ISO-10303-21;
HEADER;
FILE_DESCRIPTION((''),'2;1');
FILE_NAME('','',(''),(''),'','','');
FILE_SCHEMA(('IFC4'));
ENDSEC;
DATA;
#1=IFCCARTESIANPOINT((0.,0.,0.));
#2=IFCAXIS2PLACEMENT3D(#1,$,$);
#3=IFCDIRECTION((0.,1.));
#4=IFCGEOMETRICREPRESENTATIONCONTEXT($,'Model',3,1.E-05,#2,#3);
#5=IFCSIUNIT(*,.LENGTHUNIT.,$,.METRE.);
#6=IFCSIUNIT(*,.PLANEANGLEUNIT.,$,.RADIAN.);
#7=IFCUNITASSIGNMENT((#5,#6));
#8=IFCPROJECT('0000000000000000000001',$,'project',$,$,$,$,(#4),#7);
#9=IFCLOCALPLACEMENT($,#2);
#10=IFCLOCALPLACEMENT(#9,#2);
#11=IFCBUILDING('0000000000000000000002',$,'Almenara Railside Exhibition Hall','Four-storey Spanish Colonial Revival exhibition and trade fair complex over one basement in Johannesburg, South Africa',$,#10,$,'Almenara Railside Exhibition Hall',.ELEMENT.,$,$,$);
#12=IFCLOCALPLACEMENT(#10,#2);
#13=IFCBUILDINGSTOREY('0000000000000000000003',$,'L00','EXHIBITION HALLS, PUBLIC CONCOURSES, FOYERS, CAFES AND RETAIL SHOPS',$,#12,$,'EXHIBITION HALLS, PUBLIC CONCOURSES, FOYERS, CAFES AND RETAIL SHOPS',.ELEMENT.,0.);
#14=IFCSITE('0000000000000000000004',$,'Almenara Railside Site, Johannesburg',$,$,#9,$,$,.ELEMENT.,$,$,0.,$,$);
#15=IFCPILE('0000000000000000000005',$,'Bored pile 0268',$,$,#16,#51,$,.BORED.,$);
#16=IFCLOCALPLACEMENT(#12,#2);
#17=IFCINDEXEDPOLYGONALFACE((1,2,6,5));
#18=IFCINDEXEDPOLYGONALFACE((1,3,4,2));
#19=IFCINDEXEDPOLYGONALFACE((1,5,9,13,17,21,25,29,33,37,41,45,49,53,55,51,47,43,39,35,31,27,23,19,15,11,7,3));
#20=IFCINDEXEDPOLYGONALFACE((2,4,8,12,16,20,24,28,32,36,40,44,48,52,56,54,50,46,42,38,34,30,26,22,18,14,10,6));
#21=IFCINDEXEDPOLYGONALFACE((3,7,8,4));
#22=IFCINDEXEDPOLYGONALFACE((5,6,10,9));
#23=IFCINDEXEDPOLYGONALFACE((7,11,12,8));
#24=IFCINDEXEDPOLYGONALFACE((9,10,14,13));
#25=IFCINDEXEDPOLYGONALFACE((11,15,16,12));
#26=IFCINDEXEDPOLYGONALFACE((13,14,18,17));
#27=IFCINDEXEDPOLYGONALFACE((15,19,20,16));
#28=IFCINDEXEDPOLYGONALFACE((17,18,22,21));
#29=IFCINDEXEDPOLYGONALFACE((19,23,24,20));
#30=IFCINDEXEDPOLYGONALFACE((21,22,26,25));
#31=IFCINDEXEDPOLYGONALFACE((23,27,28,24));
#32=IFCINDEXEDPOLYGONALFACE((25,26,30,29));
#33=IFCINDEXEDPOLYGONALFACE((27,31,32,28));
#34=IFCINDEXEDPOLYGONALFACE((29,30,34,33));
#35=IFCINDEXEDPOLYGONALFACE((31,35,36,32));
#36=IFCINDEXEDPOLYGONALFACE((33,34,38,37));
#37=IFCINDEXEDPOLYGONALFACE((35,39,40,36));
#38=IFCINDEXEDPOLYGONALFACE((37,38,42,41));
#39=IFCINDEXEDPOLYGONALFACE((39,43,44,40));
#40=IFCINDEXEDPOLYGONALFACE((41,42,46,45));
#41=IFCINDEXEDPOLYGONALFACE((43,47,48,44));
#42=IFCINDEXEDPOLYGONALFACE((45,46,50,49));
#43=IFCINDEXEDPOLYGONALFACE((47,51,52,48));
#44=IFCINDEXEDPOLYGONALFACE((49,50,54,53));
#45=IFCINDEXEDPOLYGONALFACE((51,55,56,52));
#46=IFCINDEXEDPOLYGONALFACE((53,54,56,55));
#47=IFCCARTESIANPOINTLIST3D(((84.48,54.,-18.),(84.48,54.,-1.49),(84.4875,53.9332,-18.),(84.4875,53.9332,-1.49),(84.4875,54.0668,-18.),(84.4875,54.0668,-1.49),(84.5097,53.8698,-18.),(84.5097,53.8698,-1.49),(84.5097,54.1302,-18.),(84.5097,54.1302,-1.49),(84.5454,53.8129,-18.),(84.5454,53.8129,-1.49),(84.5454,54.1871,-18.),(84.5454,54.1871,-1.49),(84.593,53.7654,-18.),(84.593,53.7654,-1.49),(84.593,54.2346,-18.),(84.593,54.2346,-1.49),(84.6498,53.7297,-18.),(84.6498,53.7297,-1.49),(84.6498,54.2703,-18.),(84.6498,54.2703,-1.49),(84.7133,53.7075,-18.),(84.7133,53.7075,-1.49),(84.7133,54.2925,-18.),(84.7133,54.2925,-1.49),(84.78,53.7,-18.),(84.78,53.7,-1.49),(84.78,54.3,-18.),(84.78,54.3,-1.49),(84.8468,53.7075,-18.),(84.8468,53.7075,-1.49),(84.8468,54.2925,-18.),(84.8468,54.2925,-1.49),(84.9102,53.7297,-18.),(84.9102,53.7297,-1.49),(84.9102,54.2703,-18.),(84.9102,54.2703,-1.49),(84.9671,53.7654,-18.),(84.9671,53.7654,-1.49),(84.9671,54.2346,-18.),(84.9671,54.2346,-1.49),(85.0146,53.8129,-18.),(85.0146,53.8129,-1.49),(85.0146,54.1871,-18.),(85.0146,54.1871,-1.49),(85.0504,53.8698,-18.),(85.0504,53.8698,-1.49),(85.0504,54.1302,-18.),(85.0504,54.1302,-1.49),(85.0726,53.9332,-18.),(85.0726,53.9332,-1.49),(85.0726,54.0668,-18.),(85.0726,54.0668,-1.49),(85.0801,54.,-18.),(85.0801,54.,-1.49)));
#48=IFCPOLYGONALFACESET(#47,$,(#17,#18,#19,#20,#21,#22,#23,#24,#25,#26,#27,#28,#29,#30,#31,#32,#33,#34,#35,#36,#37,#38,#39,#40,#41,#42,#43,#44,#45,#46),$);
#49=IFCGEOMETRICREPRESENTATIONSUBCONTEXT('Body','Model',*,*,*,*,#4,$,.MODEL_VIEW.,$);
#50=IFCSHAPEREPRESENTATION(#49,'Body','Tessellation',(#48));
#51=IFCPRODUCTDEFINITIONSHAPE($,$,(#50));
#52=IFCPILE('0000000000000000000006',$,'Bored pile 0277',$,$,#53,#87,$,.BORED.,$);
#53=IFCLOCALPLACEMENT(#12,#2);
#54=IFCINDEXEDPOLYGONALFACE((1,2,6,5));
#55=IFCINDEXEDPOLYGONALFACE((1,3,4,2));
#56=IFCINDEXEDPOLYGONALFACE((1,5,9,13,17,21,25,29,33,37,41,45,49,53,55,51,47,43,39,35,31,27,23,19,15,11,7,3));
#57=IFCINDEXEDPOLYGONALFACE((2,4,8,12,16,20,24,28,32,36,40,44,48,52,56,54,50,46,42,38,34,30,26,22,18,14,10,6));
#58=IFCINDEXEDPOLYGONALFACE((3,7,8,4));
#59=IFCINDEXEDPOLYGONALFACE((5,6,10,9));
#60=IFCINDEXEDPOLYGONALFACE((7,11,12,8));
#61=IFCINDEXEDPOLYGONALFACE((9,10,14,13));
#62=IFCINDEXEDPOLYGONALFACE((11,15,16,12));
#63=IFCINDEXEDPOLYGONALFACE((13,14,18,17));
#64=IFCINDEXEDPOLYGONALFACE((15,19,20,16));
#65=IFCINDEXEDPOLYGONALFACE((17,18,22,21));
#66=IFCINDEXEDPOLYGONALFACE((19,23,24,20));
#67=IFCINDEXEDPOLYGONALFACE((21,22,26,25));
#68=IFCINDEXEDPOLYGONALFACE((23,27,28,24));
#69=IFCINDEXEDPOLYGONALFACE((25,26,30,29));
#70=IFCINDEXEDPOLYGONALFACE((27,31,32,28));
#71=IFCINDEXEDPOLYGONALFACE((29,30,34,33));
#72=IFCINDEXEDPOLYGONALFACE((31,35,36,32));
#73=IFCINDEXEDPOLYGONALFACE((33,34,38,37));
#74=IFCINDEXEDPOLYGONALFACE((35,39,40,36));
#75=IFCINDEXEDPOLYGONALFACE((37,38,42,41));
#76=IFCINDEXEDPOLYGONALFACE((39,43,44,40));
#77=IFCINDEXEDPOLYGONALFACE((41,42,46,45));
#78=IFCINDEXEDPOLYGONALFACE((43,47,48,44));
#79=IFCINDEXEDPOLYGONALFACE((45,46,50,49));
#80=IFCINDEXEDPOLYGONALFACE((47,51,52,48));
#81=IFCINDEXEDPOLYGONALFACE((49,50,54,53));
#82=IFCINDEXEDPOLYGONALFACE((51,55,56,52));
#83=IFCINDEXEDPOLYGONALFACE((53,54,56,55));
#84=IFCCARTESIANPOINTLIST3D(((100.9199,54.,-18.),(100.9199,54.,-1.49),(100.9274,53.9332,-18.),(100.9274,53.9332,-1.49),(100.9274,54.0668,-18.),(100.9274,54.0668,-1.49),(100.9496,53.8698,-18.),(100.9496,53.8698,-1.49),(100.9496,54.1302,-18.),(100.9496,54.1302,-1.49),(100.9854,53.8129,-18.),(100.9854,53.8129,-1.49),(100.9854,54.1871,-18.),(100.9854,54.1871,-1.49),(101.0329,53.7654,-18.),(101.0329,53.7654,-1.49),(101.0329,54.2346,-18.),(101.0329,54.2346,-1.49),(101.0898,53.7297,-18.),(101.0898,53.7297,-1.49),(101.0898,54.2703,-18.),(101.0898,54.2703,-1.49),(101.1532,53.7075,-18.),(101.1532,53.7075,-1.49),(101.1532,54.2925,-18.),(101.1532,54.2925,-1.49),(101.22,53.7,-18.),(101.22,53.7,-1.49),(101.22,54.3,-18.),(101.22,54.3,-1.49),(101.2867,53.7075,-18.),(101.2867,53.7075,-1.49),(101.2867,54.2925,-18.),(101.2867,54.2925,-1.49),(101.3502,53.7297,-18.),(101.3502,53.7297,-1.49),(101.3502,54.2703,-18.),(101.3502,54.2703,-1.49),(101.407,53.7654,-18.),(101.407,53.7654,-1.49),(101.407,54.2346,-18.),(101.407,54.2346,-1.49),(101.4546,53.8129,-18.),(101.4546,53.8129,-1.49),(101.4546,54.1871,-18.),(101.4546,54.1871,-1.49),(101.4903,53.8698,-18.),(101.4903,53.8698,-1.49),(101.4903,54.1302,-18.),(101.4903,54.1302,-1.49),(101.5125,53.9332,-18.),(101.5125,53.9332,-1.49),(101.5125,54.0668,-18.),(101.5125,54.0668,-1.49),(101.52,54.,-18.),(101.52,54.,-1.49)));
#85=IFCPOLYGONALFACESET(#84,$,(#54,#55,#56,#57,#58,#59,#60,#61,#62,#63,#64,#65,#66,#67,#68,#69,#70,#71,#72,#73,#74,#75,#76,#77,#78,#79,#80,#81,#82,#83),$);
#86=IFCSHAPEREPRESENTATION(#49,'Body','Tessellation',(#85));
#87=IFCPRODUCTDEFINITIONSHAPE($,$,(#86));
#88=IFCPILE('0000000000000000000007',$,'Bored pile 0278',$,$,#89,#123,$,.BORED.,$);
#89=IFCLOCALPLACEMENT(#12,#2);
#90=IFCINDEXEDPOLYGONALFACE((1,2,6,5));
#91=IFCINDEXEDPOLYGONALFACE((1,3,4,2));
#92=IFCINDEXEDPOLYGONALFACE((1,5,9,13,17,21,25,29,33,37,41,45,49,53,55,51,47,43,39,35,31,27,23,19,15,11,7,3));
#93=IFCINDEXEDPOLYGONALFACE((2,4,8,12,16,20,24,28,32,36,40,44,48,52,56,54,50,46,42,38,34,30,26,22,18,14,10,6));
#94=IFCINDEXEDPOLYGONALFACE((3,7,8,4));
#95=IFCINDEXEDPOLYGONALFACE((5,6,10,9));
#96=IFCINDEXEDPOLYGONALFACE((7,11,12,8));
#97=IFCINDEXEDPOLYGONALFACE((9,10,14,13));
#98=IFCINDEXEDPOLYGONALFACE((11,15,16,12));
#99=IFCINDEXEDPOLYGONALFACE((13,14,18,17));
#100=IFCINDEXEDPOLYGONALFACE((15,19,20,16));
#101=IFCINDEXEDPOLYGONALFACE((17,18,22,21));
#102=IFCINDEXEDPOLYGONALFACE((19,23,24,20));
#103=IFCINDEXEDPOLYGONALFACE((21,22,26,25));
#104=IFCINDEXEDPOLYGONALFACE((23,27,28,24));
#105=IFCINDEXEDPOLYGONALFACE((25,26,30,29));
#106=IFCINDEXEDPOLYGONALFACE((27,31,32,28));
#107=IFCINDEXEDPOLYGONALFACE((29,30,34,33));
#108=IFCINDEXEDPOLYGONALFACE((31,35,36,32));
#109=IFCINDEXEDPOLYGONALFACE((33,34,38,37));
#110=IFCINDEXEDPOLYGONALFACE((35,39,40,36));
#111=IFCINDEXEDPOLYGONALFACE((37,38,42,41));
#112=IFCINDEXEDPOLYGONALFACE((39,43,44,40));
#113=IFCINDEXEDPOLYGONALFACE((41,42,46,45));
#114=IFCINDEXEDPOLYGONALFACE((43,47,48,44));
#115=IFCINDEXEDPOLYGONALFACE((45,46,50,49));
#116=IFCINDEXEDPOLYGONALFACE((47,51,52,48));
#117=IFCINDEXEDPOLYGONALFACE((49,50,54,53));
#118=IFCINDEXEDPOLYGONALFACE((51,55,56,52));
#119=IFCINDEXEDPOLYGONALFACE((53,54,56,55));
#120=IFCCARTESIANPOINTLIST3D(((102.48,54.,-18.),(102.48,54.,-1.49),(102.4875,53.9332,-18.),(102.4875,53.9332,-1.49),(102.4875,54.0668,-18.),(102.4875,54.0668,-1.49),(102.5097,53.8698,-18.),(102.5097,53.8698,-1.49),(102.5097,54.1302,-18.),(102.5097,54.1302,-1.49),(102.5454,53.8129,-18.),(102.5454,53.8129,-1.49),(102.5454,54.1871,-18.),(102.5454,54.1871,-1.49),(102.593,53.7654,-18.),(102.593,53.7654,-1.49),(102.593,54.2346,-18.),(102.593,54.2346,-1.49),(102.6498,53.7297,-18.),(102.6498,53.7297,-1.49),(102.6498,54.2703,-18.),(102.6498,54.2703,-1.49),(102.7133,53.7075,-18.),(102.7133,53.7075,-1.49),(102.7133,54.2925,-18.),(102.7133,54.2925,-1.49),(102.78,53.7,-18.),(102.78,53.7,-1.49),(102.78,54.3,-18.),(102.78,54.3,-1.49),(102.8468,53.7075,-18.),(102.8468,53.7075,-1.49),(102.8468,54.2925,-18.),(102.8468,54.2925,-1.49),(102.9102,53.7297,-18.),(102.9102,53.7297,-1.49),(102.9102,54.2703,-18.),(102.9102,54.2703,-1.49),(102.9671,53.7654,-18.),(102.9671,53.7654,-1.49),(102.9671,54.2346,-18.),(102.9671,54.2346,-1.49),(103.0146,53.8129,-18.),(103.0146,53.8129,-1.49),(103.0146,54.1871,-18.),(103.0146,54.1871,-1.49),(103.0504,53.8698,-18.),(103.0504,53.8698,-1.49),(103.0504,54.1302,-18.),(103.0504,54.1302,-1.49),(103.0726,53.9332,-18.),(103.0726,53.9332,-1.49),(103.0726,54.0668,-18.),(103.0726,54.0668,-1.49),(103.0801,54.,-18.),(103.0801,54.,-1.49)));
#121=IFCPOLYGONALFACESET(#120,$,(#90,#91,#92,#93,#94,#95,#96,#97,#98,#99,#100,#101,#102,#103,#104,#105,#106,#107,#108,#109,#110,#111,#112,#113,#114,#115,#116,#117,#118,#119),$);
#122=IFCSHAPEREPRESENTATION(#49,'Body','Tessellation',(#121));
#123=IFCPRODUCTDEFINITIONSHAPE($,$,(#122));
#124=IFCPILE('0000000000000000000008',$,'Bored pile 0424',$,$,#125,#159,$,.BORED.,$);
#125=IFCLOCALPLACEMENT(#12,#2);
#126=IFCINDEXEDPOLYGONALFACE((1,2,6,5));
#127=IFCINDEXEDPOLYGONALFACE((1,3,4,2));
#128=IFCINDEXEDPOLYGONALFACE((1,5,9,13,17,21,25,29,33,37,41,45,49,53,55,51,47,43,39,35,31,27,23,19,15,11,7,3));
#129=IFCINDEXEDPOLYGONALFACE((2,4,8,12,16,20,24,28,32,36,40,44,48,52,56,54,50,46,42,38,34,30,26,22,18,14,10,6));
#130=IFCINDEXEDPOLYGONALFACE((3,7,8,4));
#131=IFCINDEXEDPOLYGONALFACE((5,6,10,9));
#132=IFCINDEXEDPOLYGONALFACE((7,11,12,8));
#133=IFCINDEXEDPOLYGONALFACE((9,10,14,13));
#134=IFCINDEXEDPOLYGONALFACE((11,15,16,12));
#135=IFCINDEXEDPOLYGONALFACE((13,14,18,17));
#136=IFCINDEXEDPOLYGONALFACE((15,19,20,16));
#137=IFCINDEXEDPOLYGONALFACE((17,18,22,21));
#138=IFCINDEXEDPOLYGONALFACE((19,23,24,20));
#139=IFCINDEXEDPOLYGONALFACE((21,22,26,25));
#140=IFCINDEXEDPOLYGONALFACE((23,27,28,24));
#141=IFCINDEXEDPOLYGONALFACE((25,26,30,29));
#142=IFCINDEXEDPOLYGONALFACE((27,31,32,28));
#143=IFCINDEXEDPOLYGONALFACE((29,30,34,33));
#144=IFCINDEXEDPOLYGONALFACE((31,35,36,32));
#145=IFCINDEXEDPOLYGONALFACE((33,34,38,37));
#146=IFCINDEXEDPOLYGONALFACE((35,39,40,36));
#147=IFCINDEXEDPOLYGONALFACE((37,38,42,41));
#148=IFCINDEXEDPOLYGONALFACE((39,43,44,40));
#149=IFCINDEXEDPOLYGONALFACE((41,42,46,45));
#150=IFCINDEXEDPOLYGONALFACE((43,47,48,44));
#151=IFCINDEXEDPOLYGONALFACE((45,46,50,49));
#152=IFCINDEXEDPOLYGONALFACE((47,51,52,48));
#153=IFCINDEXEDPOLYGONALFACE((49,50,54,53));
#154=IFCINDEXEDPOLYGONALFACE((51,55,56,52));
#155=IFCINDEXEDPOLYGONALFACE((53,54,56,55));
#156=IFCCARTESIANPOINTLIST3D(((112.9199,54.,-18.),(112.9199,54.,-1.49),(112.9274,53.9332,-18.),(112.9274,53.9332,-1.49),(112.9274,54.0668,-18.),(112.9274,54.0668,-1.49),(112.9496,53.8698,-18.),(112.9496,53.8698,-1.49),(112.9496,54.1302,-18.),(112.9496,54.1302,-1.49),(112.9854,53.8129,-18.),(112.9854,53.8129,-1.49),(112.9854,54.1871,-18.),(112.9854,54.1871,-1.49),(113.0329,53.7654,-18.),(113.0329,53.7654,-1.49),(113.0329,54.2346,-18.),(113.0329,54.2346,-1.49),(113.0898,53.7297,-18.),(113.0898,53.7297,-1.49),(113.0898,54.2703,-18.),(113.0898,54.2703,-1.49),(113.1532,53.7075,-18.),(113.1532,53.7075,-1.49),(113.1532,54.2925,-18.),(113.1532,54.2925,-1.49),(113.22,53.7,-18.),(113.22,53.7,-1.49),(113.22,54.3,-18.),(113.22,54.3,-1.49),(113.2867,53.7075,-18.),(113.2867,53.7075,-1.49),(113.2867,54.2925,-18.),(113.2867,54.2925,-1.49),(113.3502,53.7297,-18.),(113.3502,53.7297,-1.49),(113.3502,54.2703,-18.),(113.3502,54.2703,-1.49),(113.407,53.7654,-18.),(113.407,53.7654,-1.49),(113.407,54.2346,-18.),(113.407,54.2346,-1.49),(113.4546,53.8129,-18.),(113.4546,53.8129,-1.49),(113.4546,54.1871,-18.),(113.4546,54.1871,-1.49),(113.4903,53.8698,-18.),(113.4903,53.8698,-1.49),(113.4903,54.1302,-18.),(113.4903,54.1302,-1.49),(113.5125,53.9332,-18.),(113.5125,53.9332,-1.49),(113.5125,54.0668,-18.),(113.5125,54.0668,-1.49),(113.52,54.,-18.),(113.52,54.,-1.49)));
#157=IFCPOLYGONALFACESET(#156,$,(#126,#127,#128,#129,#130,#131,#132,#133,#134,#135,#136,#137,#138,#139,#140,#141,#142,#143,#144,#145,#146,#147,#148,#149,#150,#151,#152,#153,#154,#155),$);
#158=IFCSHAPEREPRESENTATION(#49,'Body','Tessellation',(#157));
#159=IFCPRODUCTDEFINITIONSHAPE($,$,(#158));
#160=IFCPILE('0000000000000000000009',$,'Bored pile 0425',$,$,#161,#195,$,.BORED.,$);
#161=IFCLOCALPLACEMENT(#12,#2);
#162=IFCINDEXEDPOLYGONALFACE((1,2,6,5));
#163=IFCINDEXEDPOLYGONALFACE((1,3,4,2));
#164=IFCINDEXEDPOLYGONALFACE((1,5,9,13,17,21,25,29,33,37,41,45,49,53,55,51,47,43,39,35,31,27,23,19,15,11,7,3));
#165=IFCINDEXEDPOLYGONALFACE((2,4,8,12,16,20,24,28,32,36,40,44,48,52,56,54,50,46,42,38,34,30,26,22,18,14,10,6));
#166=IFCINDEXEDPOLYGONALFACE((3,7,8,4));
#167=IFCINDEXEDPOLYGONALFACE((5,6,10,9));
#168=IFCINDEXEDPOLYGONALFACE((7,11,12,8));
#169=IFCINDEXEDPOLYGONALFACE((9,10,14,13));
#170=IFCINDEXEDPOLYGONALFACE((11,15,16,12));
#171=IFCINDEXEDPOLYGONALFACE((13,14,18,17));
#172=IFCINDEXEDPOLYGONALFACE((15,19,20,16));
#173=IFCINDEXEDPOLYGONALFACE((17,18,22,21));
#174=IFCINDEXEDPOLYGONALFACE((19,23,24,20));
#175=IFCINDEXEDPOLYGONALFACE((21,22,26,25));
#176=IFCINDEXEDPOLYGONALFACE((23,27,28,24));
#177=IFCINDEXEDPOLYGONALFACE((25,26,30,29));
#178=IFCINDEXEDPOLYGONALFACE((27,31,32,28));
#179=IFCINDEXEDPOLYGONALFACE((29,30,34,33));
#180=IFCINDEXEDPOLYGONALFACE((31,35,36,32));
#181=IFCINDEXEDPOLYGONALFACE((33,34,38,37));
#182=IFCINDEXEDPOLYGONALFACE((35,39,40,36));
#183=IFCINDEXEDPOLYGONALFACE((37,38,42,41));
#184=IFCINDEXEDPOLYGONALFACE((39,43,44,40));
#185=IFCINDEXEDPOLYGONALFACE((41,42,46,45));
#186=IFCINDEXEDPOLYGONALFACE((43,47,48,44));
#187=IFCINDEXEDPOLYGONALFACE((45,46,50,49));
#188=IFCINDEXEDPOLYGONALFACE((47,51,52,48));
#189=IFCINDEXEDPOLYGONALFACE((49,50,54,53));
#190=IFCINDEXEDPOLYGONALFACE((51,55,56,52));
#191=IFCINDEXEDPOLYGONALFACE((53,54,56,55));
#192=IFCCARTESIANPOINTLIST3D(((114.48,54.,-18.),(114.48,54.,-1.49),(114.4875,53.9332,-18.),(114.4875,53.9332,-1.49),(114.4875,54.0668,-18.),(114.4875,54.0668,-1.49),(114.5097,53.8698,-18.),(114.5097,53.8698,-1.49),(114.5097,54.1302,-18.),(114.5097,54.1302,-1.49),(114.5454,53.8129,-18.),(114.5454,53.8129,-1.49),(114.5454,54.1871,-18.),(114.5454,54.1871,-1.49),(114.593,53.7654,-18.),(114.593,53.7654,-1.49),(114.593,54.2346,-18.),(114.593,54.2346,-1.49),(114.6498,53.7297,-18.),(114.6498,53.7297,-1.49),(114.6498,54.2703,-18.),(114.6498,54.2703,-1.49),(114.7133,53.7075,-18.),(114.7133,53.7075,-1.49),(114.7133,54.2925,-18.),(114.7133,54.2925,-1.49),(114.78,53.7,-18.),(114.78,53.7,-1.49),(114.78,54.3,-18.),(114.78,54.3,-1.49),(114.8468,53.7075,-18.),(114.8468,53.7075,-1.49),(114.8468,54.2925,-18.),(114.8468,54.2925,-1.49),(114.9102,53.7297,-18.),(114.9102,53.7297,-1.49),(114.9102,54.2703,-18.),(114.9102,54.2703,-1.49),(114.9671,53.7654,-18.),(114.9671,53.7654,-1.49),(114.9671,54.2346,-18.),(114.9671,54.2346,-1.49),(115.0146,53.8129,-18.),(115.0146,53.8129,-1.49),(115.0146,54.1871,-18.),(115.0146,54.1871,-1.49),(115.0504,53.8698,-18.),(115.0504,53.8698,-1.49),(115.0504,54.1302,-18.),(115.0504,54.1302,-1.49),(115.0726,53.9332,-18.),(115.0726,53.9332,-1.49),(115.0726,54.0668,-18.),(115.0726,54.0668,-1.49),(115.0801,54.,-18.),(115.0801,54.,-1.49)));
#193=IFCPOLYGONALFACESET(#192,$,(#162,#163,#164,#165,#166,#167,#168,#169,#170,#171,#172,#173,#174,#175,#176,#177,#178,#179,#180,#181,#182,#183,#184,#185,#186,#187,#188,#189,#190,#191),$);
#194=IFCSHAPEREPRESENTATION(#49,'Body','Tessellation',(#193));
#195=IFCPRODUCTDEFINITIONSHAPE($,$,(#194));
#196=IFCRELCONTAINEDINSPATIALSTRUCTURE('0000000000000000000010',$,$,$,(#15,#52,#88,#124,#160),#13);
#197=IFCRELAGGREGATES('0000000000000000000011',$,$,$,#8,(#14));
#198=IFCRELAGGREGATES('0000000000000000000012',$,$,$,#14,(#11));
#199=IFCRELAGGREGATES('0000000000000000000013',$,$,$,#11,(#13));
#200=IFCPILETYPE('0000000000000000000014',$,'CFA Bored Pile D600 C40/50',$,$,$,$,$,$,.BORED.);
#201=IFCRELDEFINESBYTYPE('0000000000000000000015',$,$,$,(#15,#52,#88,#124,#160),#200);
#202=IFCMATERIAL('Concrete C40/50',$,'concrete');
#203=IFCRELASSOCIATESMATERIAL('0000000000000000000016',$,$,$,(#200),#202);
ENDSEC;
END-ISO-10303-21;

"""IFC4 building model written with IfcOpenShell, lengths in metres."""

from ifc_helpers import new_model, si_unit, direction, frame, origin, origin_2d, place, context, subcontext, project, spatial, circle, extrude, material, material_profile, profile_set, type_object, element, save


model = new_model("IFC4")

# Units and contexts
model_context = context("Model", 3, precision=1e-05, world=origin(), true_north=direction((0.0, 1.0)))
body_context = subcontext(model_context, "Body", "Model", "MODEL_VIEW")
ifc_project = project(units=[si_unit("LENGTHUNIT", "METRE"), si_unit("PLANEANGLEUNIT", "RADIAN")], contexts=[model_context])

# Site, building, storey
site_placement = place(None, origin())
site = spatial("IfcSite", under=ifc_project, at=site_placement, Name="Almenara Railside Site, Johannesburg", CompositionType="ELEMENT", RefElevation=0.0)
building_placement = place(site_placement, origin())
building = spatial("IfcBuilding", under=site, at=building_placement, Name="Almenara Railside Exhibition Hall", Description="Four-storey Spanish Colonial Revival exhibition and trade fair complex over one basement in Johannesburg, South Africa", LongName="Almenara Railside Exhibition Hall", CompositionType="ELEMENT")
storey_placement = place(building_placement, origin())
storey = spatial("IfcBuildingStorey", under=building, at=storey_placement, Name="L00", Description="EXHIBITION HALLS, PUBLIC CONCOURSES, FOYERS, CAFES AND RETAIL SHOPS", LongName="EXHIBITION HALLS, PUBLIC CONCOURSES, FOYERS, CAFES AND RETAIL SHOPS", CompositionType="ELEMENT", Elevation=0.0)

# Piles
ifc_material_1 = material(Name="Concrete C40/50", Category="concrete")
ifc_material_profile_1 = material_profile(ifc_material_1, circle(Radius=0.3, at=origin_2d()), Name="CFA-PILE D600")
ifc_profile_set_1 = profile_set([ifc_material_profile_1], Name="Concrete C40/50")
pile_type_1 = type_object("IfcPileType", Name="CFA Bored Pile D600 C40/50", PredefinedType="BORED", material=ifc_profile_set_1)
for number, where, z_axis, x_axis, name in (
    (1, (84.78, 54.0, -1.49), (0.0, 0.0, -1.0), (1.0, 0.0, 0.0), "Bored pile 0268"),
    (2, (101.22, 54.0, -1.49), (0.0, 0.0, -1.0), (1.0, 0.0, 0.0), "Bored pile 0277"),
    (3, (102.78, 54.0, -1.49), (0.0, 0.0, -1.0), (1.0, 0.0, 0.0), "Bored pile 0278"),
    (4, (113.22, 54.0, -1.49), (0.0, 0.0, -1.0), (1.0, 0.0, 0.0), "Bored pile 0424"),
    (5, (114.78, 54.0, -1.49), (0.0, 0.0, -1.0), (1.0, 0.0, 0.0), "Bored pile 0425"),
):
    element("IfcPile", number, at=place(storey_placement, frame(where, z_axis=z_axis, x_axis=x_axis)), inside=storey, type_object=pile_type_1, Name=name, PredefinedType="BORED", context=body_context, shape_type="SweptSolid", body=[
        extrude(circle(Radius=0.3, at=origin_2d()), origin(), (0.0, 0.0, 1.0), 16.51),
    ])

save(model, "model.ifc")
